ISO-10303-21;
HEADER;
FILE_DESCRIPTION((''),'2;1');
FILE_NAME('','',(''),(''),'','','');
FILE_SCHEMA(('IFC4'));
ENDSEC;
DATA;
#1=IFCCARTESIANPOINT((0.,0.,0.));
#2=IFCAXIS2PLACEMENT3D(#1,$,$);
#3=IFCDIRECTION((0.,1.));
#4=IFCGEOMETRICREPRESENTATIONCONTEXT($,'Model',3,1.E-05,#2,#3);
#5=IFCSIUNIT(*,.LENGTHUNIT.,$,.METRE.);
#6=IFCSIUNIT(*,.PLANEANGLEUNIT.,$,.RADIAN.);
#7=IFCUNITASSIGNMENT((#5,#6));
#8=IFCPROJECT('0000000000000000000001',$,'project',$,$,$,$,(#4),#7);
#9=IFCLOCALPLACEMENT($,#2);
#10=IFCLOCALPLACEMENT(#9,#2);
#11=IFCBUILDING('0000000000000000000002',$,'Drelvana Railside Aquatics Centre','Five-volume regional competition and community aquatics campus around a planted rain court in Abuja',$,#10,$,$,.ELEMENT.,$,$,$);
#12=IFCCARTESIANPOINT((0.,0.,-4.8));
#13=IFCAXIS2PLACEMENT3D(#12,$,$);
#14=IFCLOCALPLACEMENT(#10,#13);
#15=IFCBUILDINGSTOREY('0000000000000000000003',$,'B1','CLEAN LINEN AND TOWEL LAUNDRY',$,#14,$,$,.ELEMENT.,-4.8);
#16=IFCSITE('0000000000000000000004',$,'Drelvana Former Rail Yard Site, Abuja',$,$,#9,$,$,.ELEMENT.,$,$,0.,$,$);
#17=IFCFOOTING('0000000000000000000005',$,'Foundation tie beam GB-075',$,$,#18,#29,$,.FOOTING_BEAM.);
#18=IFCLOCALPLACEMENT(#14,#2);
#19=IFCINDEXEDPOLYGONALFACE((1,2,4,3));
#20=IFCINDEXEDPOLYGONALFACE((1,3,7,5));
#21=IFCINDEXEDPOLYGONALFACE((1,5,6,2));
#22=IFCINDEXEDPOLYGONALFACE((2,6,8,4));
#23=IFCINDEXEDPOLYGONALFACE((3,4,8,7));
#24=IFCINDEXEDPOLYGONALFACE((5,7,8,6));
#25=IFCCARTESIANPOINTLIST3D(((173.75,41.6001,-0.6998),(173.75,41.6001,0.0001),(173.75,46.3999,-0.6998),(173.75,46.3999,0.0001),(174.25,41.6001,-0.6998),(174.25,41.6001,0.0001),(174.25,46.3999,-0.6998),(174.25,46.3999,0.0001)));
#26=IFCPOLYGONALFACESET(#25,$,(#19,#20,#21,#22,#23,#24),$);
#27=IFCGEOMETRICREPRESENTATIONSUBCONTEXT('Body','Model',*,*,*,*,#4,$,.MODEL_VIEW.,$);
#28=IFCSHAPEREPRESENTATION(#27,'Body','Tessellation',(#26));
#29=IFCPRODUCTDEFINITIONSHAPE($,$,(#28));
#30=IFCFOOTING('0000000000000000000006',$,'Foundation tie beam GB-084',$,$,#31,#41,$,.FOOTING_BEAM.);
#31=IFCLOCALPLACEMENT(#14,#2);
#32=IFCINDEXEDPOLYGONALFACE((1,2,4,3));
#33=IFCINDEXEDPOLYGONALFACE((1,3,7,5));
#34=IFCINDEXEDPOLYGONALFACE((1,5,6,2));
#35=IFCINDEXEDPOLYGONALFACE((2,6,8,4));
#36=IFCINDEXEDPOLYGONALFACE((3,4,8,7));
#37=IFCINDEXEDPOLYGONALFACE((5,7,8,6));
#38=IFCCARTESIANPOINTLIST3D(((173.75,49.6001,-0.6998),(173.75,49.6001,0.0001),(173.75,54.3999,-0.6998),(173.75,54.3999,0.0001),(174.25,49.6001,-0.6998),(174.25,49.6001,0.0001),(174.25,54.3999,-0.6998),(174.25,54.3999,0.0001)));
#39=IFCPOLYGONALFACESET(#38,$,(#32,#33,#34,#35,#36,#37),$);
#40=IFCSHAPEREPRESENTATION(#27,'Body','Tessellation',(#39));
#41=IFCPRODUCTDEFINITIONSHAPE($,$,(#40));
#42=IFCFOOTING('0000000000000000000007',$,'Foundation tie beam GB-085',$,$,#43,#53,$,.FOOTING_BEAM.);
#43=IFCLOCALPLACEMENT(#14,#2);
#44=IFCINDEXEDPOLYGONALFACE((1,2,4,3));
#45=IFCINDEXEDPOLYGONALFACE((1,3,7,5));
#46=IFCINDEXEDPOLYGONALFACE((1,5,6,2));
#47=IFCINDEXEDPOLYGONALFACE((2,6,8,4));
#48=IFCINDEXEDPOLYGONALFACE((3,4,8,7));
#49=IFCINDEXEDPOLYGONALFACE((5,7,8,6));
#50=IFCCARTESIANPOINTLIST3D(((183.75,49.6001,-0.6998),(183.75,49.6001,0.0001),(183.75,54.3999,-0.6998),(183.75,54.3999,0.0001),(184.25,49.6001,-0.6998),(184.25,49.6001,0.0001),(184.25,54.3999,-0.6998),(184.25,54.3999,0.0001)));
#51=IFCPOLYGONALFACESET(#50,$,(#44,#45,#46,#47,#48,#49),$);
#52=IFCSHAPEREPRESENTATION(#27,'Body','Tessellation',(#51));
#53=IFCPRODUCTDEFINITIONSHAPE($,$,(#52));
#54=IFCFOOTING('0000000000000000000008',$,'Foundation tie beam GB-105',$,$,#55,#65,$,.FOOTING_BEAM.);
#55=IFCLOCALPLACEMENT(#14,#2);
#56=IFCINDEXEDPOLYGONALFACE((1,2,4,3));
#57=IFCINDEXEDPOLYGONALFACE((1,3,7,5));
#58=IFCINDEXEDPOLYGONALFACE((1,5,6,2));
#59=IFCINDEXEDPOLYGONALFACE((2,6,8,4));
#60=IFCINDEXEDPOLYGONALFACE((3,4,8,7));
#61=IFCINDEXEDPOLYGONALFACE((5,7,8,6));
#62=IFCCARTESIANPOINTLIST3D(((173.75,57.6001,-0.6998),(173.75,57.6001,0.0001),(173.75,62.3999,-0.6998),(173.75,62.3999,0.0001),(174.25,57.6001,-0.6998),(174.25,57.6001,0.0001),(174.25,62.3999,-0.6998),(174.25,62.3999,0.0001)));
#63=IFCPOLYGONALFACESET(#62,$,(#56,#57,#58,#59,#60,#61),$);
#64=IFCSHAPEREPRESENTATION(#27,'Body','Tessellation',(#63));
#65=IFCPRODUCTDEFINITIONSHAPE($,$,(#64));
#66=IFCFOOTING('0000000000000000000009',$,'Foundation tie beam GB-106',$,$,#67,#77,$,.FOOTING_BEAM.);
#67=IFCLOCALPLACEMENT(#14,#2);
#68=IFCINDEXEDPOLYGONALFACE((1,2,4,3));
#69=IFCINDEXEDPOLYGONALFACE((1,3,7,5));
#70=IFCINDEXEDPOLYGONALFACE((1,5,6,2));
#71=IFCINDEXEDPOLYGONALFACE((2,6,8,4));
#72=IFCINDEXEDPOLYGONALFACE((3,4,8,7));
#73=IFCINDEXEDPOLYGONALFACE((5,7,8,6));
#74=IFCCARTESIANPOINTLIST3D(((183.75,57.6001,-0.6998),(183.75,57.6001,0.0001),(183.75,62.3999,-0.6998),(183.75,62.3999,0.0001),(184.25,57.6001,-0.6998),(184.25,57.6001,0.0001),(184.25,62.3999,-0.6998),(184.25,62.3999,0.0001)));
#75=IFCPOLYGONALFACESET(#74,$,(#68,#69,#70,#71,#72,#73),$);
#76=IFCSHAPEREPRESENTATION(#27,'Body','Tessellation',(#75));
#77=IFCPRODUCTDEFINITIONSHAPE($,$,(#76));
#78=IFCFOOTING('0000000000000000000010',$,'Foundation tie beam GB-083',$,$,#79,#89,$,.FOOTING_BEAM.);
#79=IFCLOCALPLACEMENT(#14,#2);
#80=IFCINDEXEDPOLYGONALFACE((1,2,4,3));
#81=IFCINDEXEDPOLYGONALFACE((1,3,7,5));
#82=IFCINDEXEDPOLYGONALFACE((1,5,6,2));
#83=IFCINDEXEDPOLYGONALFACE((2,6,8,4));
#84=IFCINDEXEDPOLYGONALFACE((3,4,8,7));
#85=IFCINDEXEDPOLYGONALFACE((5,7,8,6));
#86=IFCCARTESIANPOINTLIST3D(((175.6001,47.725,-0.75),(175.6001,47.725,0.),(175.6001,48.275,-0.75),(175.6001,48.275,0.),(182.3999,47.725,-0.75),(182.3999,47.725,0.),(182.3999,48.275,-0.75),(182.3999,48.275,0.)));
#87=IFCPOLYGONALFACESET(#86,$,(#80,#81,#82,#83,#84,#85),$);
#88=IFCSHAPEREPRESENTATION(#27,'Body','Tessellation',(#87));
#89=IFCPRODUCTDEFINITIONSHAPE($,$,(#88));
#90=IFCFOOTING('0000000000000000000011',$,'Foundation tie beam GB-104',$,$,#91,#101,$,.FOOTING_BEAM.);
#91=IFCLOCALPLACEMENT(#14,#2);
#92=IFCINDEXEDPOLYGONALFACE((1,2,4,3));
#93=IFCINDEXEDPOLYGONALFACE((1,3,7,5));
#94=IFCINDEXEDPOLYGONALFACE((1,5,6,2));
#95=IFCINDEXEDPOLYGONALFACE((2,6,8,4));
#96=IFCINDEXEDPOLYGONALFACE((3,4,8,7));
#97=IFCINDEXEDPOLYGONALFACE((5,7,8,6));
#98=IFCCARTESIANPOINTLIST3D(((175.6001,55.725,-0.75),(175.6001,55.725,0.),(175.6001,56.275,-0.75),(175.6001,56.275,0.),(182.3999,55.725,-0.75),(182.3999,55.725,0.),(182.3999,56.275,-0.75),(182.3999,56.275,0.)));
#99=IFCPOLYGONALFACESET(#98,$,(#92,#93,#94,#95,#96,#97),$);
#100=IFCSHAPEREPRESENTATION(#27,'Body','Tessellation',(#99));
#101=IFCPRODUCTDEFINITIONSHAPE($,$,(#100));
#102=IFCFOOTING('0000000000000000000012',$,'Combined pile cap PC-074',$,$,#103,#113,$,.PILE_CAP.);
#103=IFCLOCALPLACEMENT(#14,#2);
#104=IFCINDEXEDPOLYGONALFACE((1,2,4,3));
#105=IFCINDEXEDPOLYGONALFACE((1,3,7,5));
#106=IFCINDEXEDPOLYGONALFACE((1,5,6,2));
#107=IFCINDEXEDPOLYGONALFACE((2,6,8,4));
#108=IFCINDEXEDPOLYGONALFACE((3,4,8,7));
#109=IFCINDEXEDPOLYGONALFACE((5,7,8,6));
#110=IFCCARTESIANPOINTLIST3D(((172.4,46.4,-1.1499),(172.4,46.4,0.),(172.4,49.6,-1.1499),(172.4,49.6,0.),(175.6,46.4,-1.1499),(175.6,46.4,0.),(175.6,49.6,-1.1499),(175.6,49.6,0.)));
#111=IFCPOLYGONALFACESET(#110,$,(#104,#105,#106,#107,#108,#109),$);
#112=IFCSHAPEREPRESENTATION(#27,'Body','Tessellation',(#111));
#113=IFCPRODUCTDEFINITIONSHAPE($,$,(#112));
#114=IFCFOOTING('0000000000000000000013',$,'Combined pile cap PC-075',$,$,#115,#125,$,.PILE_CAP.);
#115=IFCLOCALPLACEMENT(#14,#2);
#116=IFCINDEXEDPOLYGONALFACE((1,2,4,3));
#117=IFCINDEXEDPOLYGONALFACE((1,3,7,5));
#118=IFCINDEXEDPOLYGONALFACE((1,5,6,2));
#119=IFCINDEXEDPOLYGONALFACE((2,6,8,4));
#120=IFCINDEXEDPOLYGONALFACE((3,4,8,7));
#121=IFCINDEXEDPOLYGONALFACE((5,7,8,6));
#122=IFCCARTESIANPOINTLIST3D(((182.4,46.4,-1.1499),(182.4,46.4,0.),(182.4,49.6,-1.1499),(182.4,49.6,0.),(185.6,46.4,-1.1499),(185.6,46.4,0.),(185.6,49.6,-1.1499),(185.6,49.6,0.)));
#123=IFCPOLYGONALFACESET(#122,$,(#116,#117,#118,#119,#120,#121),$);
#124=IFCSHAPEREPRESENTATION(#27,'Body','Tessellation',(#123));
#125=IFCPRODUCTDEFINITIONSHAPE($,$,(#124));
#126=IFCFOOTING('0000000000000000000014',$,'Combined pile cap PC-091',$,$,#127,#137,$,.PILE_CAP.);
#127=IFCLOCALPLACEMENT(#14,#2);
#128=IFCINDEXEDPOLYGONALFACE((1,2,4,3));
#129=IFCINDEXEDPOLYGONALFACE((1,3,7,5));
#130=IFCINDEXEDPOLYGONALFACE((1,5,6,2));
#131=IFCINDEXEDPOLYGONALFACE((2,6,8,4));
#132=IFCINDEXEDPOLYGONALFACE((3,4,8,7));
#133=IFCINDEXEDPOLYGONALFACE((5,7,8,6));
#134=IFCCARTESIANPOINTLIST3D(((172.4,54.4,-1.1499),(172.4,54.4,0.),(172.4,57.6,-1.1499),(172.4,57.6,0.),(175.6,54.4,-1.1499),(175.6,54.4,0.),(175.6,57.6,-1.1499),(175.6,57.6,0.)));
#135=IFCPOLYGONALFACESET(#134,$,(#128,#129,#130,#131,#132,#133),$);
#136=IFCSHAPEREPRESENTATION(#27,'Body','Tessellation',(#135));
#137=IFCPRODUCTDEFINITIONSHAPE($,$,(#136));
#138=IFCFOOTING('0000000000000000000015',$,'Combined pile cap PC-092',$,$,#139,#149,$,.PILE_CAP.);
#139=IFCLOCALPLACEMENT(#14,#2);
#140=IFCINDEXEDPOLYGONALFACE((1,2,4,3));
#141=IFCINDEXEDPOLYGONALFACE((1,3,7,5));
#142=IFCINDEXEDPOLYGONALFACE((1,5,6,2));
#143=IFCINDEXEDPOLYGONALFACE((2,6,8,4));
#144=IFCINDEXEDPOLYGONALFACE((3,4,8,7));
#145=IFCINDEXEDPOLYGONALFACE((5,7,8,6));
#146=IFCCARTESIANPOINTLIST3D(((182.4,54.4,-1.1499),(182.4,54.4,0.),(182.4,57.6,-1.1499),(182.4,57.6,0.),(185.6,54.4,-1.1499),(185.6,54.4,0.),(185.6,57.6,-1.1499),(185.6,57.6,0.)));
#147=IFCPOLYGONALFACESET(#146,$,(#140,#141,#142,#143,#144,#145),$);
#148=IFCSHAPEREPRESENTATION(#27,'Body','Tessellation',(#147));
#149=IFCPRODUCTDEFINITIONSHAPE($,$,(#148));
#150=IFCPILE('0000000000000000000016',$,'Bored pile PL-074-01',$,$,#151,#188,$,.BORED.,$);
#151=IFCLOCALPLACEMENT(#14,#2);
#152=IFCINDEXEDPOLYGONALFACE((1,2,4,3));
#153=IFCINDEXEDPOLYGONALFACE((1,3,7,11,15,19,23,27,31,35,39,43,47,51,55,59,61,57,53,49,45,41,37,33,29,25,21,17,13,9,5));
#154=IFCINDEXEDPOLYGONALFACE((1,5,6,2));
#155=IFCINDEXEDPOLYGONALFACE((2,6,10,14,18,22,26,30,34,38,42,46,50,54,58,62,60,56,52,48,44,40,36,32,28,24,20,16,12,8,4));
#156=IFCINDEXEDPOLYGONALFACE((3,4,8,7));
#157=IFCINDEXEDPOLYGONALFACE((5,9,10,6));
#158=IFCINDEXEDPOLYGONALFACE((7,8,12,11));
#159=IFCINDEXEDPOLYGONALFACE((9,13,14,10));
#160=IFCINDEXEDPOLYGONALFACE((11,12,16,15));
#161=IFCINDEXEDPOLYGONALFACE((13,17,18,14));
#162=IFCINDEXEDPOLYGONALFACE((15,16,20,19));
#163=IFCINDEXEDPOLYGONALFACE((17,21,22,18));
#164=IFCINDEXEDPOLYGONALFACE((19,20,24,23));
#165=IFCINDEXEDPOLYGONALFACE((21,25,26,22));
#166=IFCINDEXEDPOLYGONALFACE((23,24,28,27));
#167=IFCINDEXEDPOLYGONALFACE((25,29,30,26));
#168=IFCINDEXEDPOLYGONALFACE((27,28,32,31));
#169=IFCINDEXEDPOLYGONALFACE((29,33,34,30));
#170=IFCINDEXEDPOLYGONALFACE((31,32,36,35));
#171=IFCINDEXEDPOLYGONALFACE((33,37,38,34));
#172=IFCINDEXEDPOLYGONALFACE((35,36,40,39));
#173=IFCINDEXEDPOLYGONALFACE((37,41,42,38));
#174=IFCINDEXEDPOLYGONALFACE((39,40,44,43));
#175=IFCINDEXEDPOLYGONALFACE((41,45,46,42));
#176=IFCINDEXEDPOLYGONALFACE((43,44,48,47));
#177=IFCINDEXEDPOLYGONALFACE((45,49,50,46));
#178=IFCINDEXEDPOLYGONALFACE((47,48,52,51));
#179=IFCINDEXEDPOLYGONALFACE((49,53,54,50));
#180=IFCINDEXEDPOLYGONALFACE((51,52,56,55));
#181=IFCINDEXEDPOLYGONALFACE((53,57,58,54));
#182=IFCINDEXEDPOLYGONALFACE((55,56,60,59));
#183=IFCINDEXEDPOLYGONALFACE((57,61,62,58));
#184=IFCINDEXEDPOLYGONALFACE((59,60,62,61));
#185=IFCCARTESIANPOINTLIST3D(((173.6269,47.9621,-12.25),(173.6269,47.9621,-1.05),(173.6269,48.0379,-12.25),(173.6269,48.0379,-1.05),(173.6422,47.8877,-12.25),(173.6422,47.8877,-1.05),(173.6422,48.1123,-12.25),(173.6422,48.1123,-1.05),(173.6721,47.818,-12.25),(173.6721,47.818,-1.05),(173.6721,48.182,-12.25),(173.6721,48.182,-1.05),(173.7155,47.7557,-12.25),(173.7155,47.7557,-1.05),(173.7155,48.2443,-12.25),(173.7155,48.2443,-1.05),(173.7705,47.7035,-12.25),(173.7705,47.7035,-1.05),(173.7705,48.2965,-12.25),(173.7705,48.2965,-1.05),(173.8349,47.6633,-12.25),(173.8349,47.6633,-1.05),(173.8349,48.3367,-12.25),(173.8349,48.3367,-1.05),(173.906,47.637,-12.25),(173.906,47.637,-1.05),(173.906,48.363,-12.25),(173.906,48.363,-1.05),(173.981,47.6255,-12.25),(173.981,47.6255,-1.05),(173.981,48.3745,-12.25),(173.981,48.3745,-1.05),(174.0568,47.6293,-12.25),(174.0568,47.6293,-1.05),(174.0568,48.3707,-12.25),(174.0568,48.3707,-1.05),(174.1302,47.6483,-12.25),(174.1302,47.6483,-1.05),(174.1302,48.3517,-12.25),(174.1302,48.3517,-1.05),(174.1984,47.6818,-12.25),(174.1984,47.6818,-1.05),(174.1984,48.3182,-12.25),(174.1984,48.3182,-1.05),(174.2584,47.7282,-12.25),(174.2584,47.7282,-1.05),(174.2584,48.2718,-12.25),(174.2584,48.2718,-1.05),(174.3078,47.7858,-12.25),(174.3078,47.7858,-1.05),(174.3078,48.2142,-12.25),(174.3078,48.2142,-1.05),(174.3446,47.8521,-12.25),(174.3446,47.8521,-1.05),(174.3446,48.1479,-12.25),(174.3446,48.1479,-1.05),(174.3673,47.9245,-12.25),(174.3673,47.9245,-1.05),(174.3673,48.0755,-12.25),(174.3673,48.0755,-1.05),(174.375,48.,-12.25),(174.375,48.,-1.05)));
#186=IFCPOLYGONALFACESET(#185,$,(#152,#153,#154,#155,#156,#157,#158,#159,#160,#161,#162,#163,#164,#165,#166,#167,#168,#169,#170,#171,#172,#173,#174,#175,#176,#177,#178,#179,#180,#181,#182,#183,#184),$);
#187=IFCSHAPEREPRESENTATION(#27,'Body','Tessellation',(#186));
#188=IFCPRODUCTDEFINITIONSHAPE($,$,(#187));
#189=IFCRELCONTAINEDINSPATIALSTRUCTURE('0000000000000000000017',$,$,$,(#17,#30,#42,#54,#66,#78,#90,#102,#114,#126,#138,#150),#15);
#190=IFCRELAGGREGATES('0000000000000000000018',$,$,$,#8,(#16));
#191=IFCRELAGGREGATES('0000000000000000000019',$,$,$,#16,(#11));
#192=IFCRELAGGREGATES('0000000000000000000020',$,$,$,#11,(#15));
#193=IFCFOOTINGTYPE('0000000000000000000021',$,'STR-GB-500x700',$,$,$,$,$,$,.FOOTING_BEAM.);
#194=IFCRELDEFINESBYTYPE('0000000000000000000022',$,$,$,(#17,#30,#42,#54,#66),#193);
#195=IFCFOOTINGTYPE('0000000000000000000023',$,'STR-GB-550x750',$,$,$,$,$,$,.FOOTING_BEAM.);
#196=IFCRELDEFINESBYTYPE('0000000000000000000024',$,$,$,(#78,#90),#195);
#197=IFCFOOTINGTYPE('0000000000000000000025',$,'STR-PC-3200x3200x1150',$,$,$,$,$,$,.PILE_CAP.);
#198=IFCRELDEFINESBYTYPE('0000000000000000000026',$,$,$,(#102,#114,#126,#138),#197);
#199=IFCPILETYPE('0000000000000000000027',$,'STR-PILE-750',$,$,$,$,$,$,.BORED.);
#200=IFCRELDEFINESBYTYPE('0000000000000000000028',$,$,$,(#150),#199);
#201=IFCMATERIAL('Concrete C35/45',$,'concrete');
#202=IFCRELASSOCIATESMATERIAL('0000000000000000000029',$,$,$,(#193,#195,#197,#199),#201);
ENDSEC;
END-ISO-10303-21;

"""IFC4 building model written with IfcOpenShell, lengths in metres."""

from ifc_helpers import new_model, si_unit, direction, frame, origin, origin_2d, place, context, subcontext, project, spatial, rectangle, circle, extrude, material, material_profile, profile_set, type_object, element, save


model = new_model("IFC4")

# Units and contexts
model_context = context("Model", 3, precision=1e-05, world=origin(), true_north=direction((0.0, 1.0)))
body_context = subcontext(model_context, "Body", "Model", "MODEL_VIEW")
ifc_project = project(units=[si_unit("LENGTHUNIT", "METRE"), si_unit("PLANEANGLEUNIT", "RADIAN")], contexts=[model_context])

# Site, building, storey
site_placement = place(None, origin())
site = spatial("IfcSite", under=ifc_project, at=site_placement, Name="Drelvana Former Rail Yard Site, Abuja", CompositionType="ELEMENT", RefElevation=0.0)
building_placement = place(site_placement, origin())
building = spatial("IfcBuilding", under=site, at=building_placement, Name="Drelvana Railside Aquatics Centre", Description="Five-volume regional competition and community aquatics campus around a planted rain court in Abuja", CompositionType="ELEMENT")
storey_placement = place(building_placement, frame((0.0, 0.0, -4.8)))
storey = spatial("IfcBuildingStorey", under=building, at=storey_placement, Name="B1", Description="CLEAN LINEN AND TOWEL LAUNDRY", CompositionType="ELEMENT", Elevation=-4.8)

# Footings
ifc_material_1 = material(Name="Concrete C35/45", Category="concrete")
ifc_material_profile_1 = material_profile(ifc_material_1, rectangle(XDim=0.5, YDim=0.7, at=origin_2d()), Name="GB 500x700")
ifc_profile_set_1 = profile_set([ifc_material_profile_1], Name="Concrete C35/45")
footing_type_1 = type_object("IfcFootingType", Name="STR-GB-500x700", PredefinedType="FOOTING_BEAM", material=ifc_profile_set_1)
for number, where, z_axis, x_axis, name in (
    (1, (174.0, 41.6001, -0.3499), (0.0, 1.0, 0.0), (-1.0, 0.0, 0.0), "Foundation tie beam GB-075"),
    (2, (174.0, 49.6001, -0.3499), (0.0, 1.0, 0.0), (-1.0, 0.0, 0.0), "Foundation tie beam GB-084"),
    (3, (184.0, 49.6001, -0.3499), (0.0, 1.0, 0.0), (-1.0, 0.0, 0.0), "Foundation tie beam GB-085"),
    (4, (174.0, 57.6001, -0.3499), (0.0, 1.0, 0.0), (-1.0, 0.0, 0.0), "Foundation tie beam GB-105"),
    (5, (184.0, 57.6001, -0.3499), (0.0, 1.0, 0.0), (-1.0, 0.0, 0.0), "Foundation tie beam GB-106"),
):
    element("IfcFooting", number, at=place(storey_placement, frame(where, z_axis=z_axis, x_axis=x_axis)), inside=storey, type_object=footing_type_1, Name=name, PredefinedType="FOOTING_BEAM", context=body_context, shape_type="SweptSolid", body=[
        extrude(rectangle(XDim=0.5, YDim=0.7, at=origin_2d()), origin(), (0.0, 0.0, 1.0), 4.7998),
    ])
ifc_material_profile_2 = material_profile(ifc_material_1, rectangle(XDim=0.55, YDim=0.75, at=origin_2d()), Name="GB 550x750")
ifc_profile_set_2 = profile_set([ifc_material_profile_2], Name="Concrete C35/45")
footing_type_2 = type_object("IfcFootingType", Name="STR-GB-550x750", PredefinedType="FOOTING_BEAM", material=ifc_profile_set_2)
for number, where, z_axis, x_axis, name in (
    (6, (175.6001, 48.0, -0.375), (1.0, 0.0, 0.0), (0.0, 1.0, 0.0), "Foundation tie beam GB-083"),
    (7, (175.6001, 56.0, -0.375), (1.0, 0.0, 0.0), (0.0, 1.0, 0.0), "Foundation tie beam GB-104"),
):
    element("IfcFooting", number, at=place(storey_placement, frame(where, z_axis=z_axis, x_axis=x_axis)), inside=storey, type_object=footing_type_2, Name=name, PredefinedType="FOOTING_BEAM", context=body_context, shape_type="SweptSolid", body=[
        extrude(rectangle(XDim=0.55, YDim=0.75, at=origin_2d()), origin(), (0.0, 0.0, 1.0), 6.7998),
    ])
footing_type_3 = type_object("IfcFootingType", Name="STR-PC-3200x3200x1150", PredefinedType="PILE_CAP", material=ifc_material_1)
for number, where, z_axis, x_axis, name in (
    (8, (174.0, 48.0, -1.1499), (0.0, 0.0, 1.0), (1.0, 0.0, 0.0), "Combined pile cap PC-074"),
    (9, (184.0, 48.0, -1.1499), (0.0, 0.0, 1.0), (1.0, 0.0, 0.0), "Combined pile cap PC-075"),
    (10, (174.0, 56.0, -1.1499), (0.0, 0.0, 1.0), (1.0, 0.0, 0.0), "Combined pile cap PC-091"),
    (11, (184.0, 56.0, -1.1499), (0.0, 0.0, 1.0), (1.0, 0.0, 0.0), "Combined pile cap PC-092"),
):
    element("IfcFooting", number, at=place(storey_placement, frame(where, z_axis=z_axis, x_axis=x_axis)), inside=storey, type_object=footing_type_3, Name=name, PredefinedType="PILE_CAP", context=body_context, shape_type="SweptSolid", body=[
        extrude(rectangle(XDim=3.2, YDim=3.2, at=origin_2d()), origin(), (0.0, 0.0, 1.0), 1.1499),
    ])

# Pile
ifc_material_profile_3 = material_profile(ifc_material_1, circle(Radius=0.375, at=origin_2d()), Name="PILE D750")
ifc_profile_set_3 = profile_set([ifc_material_profile_3], Name="Concrete C35/45")
pile_type = type_object("IfcPileType", Name="STR-PILE-750", PredefinedType="BORED", material=ifc_profile_set_3)
for number, where, z_axis, x_axis, name in (
    (12, (174.0, 48.0, -1.05), (0.0, 0.0, -1.0), (1.0, 0.0, 0.0), "Bored pile PL-074-01"),
):
    element("IfcPile", number, at=place(storey_placement, frame(where, z_axis=z_axis, x_axis=x_axis)), inside=storey, type_object=pile_type, Name=name, PredefinedType="BORED", context=body_context, shape_type="SweptSolid", body=[
        extrude(circle(Radius=0.375, at=origin_2d()), origin(), (0.0, 0.0, 1.0), 11.2),
    ])

save(model, "model.ifc")
